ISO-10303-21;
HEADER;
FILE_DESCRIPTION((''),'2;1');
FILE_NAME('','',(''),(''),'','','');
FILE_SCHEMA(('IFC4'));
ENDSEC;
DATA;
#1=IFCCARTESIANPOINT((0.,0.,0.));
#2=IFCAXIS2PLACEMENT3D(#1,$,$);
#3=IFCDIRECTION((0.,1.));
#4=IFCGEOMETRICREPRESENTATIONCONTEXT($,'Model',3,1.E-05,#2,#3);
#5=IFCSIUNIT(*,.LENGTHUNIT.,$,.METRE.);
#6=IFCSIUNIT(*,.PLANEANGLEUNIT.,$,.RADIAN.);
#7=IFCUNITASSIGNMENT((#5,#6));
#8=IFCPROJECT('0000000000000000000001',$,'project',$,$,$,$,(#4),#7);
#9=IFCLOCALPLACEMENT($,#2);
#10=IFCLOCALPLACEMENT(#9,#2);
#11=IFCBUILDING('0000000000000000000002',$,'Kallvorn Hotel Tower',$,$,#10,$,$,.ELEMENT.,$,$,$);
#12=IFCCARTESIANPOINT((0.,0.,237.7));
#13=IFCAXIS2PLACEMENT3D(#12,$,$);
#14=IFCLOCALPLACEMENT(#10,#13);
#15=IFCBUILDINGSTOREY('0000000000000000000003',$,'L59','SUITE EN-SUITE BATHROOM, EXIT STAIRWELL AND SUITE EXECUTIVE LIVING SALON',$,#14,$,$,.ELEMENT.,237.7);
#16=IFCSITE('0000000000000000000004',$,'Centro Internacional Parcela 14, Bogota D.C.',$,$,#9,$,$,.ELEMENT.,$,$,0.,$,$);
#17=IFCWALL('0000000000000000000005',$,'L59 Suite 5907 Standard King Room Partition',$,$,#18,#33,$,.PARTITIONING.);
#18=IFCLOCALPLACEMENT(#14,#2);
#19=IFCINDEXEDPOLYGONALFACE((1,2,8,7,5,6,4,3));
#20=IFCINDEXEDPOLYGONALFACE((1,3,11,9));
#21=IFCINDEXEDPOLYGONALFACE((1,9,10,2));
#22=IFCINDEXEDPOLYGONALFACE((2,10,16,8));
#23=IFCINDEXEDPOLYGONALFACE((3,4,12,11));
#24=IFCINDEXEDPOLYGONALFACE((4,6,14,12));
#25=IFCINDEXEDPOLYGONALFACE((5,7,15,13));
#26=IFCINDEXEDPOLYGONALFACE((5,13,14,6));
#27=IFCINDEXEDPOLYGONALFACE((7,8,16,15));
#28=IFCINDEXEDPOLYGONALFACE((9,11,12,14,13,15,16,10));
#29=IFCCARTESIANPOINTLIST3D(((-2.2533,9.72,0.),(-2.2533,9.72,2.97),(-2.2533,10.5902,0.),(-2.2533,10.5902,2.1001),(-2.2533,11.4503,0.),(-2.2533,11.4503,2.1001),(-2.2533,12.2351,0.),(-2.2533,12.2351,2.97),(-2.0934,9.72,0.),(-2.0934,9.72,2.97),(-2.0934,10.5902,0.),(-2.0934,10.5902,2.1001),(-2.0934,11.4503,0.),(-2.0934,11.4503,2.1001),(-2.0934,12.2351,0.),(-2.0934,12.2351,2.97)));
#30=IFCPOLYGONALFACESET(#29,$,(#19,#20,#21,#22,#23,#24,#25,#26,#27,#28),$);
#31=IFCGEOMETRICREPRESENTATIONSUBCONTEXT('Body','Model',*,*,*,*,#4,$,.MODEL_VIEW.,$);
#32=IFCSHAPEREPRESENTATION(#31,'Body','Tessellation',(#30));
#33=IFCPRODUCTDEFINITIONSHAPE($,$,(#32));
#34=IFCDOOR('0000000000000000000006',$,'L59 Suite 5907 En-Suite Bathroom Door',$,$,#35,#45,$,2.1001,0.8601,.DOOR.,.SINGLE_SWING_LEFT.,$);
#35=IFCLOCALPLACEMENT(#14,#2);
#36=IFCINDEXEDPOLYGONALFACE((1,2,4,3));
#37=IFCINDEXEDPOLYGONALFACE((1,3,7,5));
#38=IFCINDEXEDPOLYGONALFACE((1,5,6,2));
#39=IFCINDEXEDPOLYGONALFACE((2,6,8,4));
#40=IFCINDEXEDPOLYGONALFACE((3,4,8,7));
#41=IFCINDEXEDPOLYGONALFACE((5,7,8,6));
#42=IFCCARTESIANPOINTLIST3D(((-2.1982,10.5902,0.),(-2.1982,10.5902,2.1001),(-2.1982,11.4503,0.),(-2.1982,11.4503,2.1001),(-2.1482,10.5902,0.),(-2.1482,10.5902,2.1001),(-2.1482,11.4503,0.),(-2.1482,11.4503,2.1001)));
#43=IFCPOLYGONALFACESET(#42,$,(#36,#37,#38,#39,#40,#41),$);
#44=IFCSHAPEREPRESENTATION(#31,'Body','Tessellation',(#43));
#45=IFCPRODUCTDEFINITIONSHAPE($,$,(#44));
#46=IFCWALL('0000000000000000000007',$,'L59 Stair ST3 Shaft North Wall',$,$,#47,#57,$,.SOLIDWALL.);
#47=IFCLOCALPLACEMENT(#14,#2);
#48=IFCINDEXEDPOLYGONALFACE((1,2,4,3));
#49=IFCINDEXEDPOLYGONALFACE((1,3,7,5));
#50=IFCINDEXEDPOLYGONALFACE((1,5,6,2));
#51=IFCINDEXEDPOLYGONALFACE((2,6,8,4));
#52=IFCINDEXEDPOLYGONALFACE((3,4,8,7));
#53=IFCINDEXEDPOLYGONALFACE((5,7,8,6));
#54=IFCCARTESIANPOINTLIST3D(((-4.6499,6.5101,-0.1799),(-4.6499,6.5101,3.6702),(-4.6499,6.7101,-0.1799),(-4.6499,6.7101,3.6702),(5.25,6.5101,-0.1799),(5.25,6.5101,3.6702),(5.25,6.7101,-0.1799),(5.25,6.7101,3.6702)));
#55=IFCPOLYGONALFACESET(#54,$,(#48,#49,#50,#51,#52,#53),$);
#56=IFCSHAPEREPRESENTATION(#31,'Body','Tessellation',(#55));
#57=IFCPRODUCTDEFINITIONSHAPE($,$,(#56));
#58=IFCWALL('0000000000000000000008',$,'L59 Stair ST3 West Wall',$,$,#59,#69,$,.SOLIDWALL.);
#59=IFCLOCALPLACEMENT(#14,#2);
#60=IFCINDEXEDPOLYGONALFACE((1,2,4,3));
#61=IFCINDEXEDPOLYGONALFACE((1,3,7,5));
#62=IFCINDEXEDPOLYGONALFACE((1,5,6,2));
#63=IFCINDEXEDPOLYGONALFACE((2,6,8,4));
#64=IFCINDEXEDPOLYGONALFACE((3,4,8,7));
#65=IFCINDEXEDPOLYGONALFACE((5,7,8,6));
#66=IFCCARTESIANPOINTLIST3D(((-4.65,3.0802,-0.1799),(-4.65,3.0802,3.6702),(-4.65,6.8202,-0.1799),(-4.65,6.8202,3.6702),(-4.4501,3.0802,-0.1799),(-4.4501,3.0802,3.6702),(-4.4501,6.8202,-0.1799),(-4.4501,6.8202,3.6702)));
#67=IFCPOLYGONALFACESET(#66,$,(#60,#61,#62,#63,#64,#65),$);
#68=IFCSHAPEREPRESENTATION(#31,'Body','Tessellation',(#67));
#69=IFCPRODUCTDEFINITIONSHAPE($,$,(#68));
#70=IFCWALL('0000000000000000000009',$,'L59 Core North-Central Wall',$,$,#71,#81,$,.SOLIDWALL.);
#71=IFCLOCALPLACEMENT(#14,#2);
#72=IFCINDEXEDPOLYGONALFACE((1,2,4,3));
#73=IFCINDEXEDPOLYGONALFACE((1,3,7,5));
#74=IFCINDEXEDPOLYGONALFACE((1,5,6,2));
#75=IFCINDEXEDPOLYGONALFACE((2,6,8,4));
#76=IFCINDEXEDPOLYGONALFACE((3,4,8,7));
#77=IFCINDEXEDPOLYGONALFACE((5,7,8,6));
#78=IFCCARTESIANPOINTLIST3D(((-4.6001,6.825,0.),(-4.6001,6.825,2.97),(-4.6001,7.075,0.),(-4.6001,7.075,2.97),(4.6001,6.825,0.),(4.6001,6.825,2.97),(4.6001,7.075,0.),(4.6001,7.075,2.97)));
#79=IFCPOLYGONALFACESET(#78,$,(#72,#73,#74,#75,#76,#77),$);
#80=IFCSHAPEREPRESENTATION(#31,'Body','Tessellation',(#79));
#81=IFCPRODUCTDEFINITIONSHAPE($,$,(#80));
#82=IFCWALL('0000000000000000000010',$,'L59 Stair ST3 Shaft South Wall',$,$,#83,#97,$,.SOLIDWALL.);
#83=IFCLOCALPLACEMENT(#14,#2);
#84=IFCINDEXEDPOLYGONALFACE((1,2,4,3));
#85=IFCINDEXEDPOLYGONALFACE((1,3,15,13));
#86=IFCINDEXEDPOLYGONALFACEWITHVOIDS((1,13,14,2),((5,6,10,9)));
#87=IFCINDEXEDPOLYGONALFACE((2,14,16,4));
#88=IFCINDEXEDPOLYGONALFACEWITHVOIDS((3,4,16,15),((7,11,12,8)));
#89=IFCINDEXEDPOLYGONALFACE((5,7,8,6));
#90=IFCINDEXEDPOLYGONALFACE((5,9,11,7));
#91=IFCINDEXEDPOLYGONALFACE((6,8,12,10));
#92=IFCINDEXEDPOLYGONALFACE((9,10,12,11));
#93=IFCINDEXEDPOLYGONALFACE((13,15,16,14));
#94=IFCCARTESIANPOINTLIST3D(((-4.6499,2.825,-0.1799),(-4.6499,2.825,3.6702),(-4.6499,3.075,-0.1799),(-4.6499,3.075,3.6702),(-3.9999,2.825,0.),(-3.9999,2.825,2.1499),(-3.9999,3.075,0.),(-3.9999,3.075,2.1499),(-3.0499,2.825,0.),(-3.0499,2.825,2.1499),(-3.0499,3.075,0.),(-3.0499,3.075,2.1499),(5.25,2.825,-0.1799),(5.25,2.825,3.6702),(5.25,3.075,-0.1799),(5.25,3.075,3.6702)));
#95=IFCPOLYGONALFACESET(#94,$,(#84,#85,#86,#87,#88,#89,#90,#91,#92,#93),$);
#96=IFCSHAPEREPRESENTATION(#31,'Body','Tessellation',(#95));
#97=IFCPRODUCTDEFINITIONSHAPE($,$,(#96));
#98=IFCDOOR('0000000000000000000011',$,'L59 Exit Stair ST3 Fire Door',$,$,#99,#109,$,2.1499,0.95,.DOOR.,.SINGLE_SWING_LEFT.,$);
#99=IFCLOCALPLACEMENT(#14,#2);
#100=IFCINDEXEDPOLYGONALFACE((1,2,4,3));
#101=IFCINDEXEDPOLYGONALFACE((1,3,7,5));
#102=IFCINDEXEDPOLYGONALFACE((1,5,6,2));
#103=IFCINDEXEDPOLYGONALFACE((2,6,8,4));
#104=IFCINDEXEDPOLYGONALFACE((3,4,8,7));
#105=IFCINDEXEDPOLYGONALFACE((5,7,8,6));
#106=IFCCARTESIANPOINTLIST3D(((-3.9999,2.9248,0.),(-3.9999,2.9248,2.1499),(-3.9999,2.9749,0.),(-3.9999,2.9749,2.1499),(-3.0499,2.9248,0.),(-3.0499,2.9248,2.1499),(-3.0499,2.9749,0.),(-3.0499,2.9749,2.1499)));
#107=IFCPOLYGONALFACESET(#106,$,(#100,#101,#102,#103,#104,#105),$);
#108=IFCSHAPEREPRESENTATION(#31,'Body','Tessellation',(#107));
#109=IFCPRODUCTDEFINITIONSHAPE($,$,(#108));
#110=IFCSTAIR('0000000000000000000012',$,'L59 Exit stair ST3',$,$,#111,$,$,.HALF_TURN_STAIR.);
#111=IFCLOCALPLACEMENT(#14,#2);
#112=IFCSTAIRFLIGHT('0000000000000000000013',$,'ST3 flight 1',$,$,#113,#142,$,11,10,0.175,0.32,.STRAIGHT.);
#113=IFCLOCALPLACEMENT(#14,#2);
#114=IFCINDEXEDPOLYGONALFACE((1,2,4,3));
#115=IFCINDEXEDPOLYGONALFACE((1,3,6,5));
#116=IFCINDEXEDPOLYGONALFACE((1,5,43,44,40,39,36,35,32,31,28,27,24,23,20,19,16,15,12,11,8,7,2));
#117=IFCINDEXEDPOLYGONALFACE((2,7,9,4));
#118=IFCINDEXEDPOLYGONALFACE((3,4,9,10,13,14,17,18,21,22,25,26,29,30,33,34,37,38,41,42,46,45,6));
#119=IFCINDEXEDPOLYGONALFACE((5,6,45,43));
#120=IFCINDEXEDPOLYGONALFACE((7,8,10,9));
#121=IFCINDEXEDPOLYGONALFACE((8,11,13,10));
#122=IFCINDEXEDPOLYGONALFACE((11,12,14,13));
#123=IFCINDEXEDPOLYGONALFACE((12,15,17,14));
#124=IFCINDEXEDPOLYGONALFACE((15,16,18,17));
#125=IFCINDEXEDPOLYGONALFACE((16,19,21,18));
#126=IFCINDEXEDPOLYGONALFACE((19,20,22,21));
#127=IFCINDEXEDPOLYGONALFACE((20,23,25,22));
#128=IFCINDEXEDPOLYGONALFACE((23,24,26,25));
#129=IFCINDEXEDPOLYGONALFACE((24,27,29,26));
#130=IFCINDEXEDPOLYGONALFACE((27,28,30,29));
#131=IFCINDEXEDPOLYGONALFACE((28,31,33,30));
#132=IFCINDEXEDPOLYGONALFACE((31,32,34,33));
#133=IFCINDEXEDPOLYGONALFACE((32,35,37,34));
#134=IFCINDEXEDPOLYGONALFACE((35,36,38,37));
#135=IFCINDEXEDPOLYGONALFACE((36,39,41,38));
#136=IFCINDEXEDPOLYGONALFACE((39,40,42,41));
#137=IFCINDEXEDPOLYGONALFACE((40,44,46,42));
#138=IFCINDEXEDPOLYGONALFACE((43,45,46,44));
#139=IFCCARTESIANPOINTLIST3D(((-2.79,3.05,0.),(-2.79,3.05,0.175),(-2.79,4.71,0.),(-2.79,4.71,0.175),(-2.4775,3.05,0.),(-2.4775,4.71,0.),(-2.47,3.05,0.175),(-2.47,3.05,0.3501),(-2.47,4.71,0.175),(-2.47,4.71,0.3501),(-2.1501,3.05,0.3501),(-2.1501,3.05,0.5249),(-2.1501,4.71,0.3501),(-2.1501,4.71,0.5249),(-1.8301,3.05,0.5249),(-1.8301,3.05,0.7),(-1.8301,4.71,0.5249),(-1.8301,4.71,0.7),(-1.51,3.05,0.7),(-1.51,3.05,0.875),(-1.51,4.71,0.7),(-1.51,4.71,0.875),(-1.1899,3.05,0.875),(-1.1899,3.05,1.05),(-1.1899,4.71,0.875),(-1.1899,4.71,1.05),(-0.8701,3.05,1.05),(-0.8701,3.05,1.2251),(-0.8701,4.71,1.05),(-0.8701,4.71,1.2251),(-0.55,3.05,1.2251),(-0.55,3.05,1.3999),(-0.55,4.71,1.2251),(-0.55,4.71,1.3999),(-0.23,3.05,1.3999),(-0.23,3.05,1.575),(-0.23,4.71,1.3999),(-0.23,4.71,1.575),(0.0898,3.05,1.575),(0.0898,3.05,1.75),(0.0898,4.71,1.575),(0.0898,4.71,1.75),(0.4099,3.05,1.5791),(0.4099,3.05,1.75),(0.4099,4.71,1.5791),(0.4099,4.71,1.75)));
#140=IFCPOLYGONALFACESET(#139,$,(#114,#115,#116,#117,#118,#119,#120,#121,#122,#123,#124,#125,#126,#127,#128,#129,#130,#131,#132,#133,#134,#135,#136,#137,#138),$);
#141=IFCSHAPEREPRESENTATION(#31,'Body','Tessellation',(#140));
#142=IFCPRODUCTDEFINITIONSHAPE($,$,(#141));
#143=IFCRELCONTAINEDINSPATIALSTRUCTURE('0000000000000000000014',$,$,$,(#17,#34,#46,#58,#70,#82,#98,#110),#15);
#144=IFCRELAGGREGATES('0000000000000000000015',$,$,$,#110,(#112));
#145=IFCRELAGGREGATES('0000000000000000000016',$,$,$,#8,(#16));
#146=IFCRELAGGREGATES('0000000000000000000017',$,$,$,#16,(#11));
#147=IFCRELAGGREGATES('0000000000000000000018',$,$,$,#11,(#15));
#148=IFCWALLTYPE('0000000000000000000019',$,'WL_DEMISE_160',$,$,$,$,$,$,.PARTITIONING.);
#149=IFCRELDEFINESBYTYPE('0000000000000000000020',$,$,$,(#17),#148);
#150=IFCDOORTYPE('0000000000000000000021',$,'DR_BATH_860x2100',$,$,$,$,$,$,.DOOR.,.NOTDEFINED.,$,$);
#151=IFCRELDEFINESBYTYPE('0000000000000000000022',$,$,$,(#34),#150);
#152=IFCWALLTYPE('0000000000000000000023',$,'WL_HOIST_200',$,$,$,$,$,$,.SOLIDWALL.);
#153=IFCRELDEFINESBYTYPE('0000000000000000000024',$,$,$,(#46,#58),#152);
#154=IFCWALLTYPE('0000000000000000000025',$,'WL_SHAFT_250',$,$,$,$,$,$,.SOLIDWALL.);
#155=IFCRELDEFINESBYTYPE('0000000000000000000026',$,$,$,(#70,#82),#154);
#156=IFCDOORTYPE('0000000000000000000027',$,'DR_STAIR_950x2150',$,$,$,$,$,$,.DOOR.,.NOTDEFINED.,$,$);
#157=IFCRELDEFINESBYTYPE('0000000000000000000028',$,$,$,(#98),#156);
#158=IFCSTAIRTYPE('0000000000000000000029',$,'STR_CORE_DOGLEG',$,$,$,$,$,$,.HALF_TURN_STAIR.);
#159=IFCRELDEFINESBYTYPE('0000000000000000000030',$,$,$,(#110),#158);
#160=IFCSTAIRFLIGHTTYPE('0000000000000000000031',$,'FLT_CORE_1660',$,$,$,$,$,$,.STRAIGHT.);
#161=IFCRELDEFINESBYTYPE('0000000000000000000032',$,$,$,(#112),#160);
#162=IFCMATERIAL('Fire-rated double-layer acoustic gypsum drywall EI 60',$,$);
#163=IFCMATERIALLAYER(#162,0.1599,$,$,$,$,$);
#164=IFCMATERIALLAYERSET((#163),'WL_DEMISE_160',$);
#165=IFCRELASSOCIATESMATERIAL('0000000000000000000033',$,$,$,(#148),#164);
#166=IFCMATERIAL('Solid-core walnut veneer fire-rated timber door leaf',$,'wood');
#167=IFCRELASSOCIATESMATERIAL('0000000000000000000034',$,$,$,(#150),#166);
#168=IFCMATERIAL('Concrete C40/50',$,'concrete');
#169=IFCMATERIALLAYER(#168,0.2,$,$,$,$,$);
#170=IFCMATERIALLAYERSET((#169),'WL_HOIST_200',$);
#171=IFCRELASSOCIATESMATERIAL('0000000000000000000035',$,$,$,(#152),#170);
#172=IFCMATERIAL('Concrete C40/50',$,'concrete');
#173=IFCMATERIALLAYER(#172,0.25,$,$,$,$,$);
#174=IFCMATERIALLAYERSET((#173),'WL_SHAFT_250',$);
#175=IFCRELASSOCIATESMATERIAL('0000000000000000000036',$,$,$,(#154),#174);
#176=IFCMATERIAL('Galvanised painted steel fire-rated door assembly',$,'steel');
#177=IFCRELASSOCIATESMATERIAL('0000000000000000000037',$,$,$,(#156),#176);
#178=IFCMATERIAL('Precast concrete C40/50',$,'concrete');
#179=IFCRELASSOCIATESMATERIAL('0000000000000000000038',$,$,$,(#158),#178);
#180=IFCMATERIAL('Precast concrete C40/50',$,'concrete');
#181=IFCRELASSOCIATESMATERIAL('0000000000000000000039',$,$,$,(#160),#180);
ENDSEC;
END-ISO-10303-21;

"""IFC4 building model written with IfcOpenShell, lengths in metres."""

from ifc_helpers import new_model, si_unit, direction, frame, frame_2d, origin, place, context, subcontext, project, spatial, polyline, rectangle, outline, extrude, material, layer, layer_set, type_object, element, fill, aggregate, save


model = new_model("IFC4")

# Units and contexts
model_context = context("Model", 3, precision=1e-05, world=origin(), true_north=direction((0.0, 1.0)))
body_context = subcontext(model_context, "Body", "Model", "MODEL_VIEW")
ifc_project = project(units=[si_unit("LENGTHUNIT", "METRE"), si_unit("PLANEANGLEUNIT", "RADIAN")], contexts=[model_context])

# Site, building, storey
site_placement = place(None, origin())
site = spatial("IfcSite", under=ifc_project, at=site_placement, Name="Centro Internacional Parcela 14, Bogota D.C.", CompositionType="ELEMENT", RefElevation=0.0)
building_placement = place(site_placement, origin())
building = spatial("IfcBuilding", under=site, at=building_placement, Name="Kallvorn Hotel Tower", CompositionType="ELEMENT")
storey_placement = place(building_placement, frame((0.0, 0.0, 237.7)))
storey = spatial("IfcBuildingStorey", under=building, at=storey_placement, Name="L59", Description="SUITE EN-SUITE BATHROOM, EXIT STAIRWELL AND SUITE EXECUTIVE LIVING SALON", CompositionType="ELEMENT", Elevation=237.7)

# Shared definitions
ifc_material_1 = material(Name="Fire-rated double-layer acoustic gypsum drywall EI 60")
ifc_layer_1 = layer(ifc_material_1, 0.1599)
ifc_layer_set_1 = layer_set([ifc_layer_1], Name="WL_DEMISE_160")
wall_type_1 = type_object("IfcWallType", Name="WL_DEMISE_160", PredefinedType="PARTITIONING", material=ifc_layer_set_1)

# Wall, opening, door
wall_1_placement = place(storey_placement, frame((-2.1733, 9.72, 0.0), z_axis=(0.0, 0.0, 1.0), x_axis=(0.0, 1.0, 0.0)))
wall_1 = element("IfcWall", 1, at=wall_1_placement, inside=storey, type_object=wall_type_1, Name="L59 Suite 5907 Standard King Room Partition", PredefinedType="PARTITIONING", context=body_context, shape_type="SweptSolid", body=[
    extrude(rectangle(XDim=2.5151, YDim=0.1599, at=frame_2d((1.2576, 0.0))), origin(), (0.0, 0.0, 1.0), 2.97),
])
opening_1_placement = place(wall_1_placement, frame((0.8701, 0.0, 0.0)))
opening_1 = element("IfcOpeningElement", 2, at=opening_1_placement, cuts=wall_1, PredefinedType="OPENING", context=body_context, shape_type="SweptSolid", body=[
    extrude(rectangle(XDim=0.8601, YDim=2.1001, at=frame_2d((0.4302, 1.05))), frame((0.0, 0.095, 0.0), z_axis=(0.0, -1.0, 0.0), x_axis=(1.0, 0.0, 0.0)), (0.0, 0.0, 1.0), 0.1899),
])
ifc_material_2 = material(Name="Solid-core walnut veneer fire-rated timber door leaf", Category="wood")
door_type_1 = type_object("IfcDoorType", Name="DR_BATH_860x2100", OperationType="NOTDEFINED", PredefinedType="DOOR", material=ifc_material_2)
door_1_placement = place(opening_1_placement, origin())
door_1 = element("IfcDoor", 3, at=door_1_placement, inside=storey, type_object=door_type_1, Name="L59 Suite 5907 En-Suite Bathroom Door", OperationType="SINGLE_SWING_LEFT", OverallHeight=2.1001, OverallWidth=0.8601, PredefinedType="DOOR", context=body_context, shape_type="SweptSolid", body=[
    extrude(rectangle(XDim=0.8601, YDim=2.1001, at=frame_2d((0.4302, 1.05))), frame((0.0, 0.0249, 0.0), z_axis=(0.0, -1.0, 0.0), x_axis=(1.0, 0.0, 0.0)), (0.0, 0.0, 1.0), 0.05),
])
fill(opening_1, door_1)

# Walls
ifc_material_3 = material(Name="Concrete C40/50", Category="concrete")
ifc_layer_2 = layer(ifc_material_3, 0.2)
ifc_layer_set_2 = layer_set([ifc_layer_2], Name="WL_HOIST_200")
wall_type_2 = type_object("IfcWallType", Name="WL_HOIST_200", PredefinedType="SOLIDWALL", material=ifc_layer_set_2)
wall_2_placement = place(storey_placement, frame((-4.6499, 6.6101, -0.1799), z_axis=(0.0, 0.0, 1.0), x_axis=(1.0, 0.0, 0.0)))
element("IfcWall", 4, at=wall_2_placement, inside=storey, type_object=wall_type_2, Name="L59 Stair ST3 Shaft North Wall", PredefinedType="SOLIDWALL", context=body_context, shape_type="SweptSolid", body=[
    extrude(rectangle(XDim=9.8999, YDim=0.2, at=frame_2d((4.95, 0.0))), origin(), (0.0, 0.0, 1.0), 3.8501),
])
wall_3_placement = place(storey_placement, frame((-4.55, 3.0801, -0.1799), z_axis=(0.0, 0.0, 1.0), x_axis=(0.0, 1.0, 0.0)))
element("IfcWall", 5, at=wall_3_placement, inside=storey, type_object=wall_type_2, Name="L59 Stair ST3 West Wall", PredefinedType="SOLIDWALL", context=body_context, shape_type="SweptSolid", body=[
    extrude(rectangle(XDim=3.74, YDim=0.2, at=frame_2d((1.8701, 0.0))), origin(), (0.0, 0.0, 1.0), 3.8501),
])
ifc_material_4 = material(Name="Concrete C40/50", Category="concrete")
ifc_layer_3 = layer(ifc_material_4, 0.25)
ifc_layer_set_3 = layer_set([ifc_layer_3], Name="WL_SHAFT_250")
wall_type_3 = type_object("IfcWallType", Name="WL_SHAFT_250", PredefinedType="SOLIDWALL", material=ifc_layer_set_3)
wall_4_placement = place(storey_placement, frame((-4.6001, 6.95, 0.0), z_axis=(0.0, 0.0, 1.0), x_axis=(1.0, 0.0, 0.0)))
element("IfcWall", 6, at=wall_4_placement, inside=storey, type_object=wall_type_3, Name="L59 Core North-Central Wall", PredefinedType="SOLIDWALL", context=body_context, shape_type="SweptSolid", body=[
    extrude(rectangle(XDim=9.2002, YDim=0.25, at=frame_2d((4.6001, 0.0))), origin(), (0.0, 0.0, 1.0), 2.97),
])

# Wall, opening, door
wall_5_placement = place(storey_placement, frame((-4.6499, 2.95, -0.1799), z_axis=(0.0, 0.0, 1.0), x_axis=(1.0, 0.0, 0.0)))
wall_5 = element("IfcWall", 7, at=wall_5_placement, inside=storey, type_object=wall_type_3, Name="L59 Stair ST3 Shaft South Wall", PredefinedType="SOLIDWALL", context=body_context, shape_type="SweptSolid", body=[
    extrude(rectangle(XDim=9.8999, YDim=0.25, at=frame_2d((4.95, 0.0))), origin(), (0.0, 0.0, 1.0), 3.8501),
])
opening_2_placement = place(wall_5_placement, frame((0.6499, 0.0, 0.1799)))
opening_2 = element("IfcOpeningElement", 8, at=opening_2_placement, cuts=wall_5, PredefinedType="OPENING", context=body_context, shape_type="SweptSolid", body=[
    extrude(rectangle(XDim=0.95, YDim=2.1499, at=frame_2d((0.4751, 1.075))), frame((0.0, 0.1399, 0.0), z_axis=(0.0, -1.0, 0.0), x_axis=(1.0, 0.0, 0.0)), (0.0, 0.0, 1.0), 0.28),
])
ifc_material_5 = material(Name="Galvanised painted steel fire-rated door assembly", Category="steel")
door_type_2 = type_object("IfcDoorType", Name="DR_STAIR_950x2150", OperationType="NOTDEFINED", PredefinedType="DOOR", material=ifc_material_5)
door_2_placement = place(opening_2_placement, origin())
door_2 = element("IfcDoor", 9, at=door_2_placement, inside=storey, type_object=door_type_2, Name="L59 Exit Stair ST3 Fire Door", OperationType="SINGLE_SWING_LEFT", OverallHeight=2.1499, OverallWidth=0.95, PredefinedType="DOOR", context=body_context, shape_type="SweptSolid", body=[
    extrude(rectangle(XDim=0.95, YDim=2.1499, at=frame_2d((0.4751, 1.075))), frame((0.0, 0.0249, 0.0), z_axis=(0.0, -1.0, 0.0), x_axis=(1.0, 0.0, 0.0)), (0.0, 0.0, 1.0), 0.05),
])
fill(opening_2, door_2)

# Stair, stair flight
ifc_material_6 = material(Name="Precast concrete C40/50", Category="concrete")
stair_type = type_object("IfcStairType", Name="STR_CORE_DOGLEG", PredefinedType="HALF_TURN_STAIR", material=ifc_material_6)
stair_placement = place(storey_placement, origin())
stair = element("IfcStair", 10, at=stair_placement, inside=storey, type_object=stair_type, Name="L59 Exit stair ST3", PredefinedType="HALF_TURN_STAIR")
ifc_material_7 = material(Name="Precast concrete C40/50", Category="concrete")
stair_flight_type = type_object("IfcStairFlightType", Name="FLT_CORE_1660", PredefinedType="STRAIGHT", material=ifc_material_7)
stair_flight_placement = place(storey_placement, frame((-2.79, 3.8799, 0.0), z_axis=(0.0, 0.0, 1.0), x_axis=(1.0, 0.0, 0.0)))
stair_flight = element("IfcStairFlight", 11, at=stair_flight_placement, type_object=stair_flight_type, Name="ST3 flight 1", NumberOfRisers=11, NumberOfTreads=10, PredefinedType="STRAIGHT", RiserHeight=0.175, TreadLength=0.32, context=body_context, shape_type="SweptSolid", body=[
    extrude(outline(polyline([(0.0, 0.0), (0.0, 0.175), (0.3201, 0.175), (0.3201, 0.3501), (0.6399, 0.3501), (0.6399, 0.5249), (0.96, 0.5249), (0.96, 0.7), (1.28, 0.7), (1.28, 0.875), (1.6001, 0.875), (1.6001, 1.05), (1.9199, 1.05), (1.9199, 1.2251), (2.24, 1.2251), (2.24, 1.3999), (2.5601, 1.3999), (2.5601, 1.575), (2.8799, 1.575), (2.8799, 1.75), (3.2, 1.75), (3.2, 1.925), (3.2, 1.5791), (0.3125, 0.0), (0.0, 0.0)])), frame((0.0, 0.8301, 0.0), z_axis=(0.0, -1.0, 0.0), x_axis=(1.0, 0.0, 0.0)), (0.0, 0.0, 1.0), 1.6599),
])
aggregate(stair, [stair_flight])

save(model, "model.ifc")
